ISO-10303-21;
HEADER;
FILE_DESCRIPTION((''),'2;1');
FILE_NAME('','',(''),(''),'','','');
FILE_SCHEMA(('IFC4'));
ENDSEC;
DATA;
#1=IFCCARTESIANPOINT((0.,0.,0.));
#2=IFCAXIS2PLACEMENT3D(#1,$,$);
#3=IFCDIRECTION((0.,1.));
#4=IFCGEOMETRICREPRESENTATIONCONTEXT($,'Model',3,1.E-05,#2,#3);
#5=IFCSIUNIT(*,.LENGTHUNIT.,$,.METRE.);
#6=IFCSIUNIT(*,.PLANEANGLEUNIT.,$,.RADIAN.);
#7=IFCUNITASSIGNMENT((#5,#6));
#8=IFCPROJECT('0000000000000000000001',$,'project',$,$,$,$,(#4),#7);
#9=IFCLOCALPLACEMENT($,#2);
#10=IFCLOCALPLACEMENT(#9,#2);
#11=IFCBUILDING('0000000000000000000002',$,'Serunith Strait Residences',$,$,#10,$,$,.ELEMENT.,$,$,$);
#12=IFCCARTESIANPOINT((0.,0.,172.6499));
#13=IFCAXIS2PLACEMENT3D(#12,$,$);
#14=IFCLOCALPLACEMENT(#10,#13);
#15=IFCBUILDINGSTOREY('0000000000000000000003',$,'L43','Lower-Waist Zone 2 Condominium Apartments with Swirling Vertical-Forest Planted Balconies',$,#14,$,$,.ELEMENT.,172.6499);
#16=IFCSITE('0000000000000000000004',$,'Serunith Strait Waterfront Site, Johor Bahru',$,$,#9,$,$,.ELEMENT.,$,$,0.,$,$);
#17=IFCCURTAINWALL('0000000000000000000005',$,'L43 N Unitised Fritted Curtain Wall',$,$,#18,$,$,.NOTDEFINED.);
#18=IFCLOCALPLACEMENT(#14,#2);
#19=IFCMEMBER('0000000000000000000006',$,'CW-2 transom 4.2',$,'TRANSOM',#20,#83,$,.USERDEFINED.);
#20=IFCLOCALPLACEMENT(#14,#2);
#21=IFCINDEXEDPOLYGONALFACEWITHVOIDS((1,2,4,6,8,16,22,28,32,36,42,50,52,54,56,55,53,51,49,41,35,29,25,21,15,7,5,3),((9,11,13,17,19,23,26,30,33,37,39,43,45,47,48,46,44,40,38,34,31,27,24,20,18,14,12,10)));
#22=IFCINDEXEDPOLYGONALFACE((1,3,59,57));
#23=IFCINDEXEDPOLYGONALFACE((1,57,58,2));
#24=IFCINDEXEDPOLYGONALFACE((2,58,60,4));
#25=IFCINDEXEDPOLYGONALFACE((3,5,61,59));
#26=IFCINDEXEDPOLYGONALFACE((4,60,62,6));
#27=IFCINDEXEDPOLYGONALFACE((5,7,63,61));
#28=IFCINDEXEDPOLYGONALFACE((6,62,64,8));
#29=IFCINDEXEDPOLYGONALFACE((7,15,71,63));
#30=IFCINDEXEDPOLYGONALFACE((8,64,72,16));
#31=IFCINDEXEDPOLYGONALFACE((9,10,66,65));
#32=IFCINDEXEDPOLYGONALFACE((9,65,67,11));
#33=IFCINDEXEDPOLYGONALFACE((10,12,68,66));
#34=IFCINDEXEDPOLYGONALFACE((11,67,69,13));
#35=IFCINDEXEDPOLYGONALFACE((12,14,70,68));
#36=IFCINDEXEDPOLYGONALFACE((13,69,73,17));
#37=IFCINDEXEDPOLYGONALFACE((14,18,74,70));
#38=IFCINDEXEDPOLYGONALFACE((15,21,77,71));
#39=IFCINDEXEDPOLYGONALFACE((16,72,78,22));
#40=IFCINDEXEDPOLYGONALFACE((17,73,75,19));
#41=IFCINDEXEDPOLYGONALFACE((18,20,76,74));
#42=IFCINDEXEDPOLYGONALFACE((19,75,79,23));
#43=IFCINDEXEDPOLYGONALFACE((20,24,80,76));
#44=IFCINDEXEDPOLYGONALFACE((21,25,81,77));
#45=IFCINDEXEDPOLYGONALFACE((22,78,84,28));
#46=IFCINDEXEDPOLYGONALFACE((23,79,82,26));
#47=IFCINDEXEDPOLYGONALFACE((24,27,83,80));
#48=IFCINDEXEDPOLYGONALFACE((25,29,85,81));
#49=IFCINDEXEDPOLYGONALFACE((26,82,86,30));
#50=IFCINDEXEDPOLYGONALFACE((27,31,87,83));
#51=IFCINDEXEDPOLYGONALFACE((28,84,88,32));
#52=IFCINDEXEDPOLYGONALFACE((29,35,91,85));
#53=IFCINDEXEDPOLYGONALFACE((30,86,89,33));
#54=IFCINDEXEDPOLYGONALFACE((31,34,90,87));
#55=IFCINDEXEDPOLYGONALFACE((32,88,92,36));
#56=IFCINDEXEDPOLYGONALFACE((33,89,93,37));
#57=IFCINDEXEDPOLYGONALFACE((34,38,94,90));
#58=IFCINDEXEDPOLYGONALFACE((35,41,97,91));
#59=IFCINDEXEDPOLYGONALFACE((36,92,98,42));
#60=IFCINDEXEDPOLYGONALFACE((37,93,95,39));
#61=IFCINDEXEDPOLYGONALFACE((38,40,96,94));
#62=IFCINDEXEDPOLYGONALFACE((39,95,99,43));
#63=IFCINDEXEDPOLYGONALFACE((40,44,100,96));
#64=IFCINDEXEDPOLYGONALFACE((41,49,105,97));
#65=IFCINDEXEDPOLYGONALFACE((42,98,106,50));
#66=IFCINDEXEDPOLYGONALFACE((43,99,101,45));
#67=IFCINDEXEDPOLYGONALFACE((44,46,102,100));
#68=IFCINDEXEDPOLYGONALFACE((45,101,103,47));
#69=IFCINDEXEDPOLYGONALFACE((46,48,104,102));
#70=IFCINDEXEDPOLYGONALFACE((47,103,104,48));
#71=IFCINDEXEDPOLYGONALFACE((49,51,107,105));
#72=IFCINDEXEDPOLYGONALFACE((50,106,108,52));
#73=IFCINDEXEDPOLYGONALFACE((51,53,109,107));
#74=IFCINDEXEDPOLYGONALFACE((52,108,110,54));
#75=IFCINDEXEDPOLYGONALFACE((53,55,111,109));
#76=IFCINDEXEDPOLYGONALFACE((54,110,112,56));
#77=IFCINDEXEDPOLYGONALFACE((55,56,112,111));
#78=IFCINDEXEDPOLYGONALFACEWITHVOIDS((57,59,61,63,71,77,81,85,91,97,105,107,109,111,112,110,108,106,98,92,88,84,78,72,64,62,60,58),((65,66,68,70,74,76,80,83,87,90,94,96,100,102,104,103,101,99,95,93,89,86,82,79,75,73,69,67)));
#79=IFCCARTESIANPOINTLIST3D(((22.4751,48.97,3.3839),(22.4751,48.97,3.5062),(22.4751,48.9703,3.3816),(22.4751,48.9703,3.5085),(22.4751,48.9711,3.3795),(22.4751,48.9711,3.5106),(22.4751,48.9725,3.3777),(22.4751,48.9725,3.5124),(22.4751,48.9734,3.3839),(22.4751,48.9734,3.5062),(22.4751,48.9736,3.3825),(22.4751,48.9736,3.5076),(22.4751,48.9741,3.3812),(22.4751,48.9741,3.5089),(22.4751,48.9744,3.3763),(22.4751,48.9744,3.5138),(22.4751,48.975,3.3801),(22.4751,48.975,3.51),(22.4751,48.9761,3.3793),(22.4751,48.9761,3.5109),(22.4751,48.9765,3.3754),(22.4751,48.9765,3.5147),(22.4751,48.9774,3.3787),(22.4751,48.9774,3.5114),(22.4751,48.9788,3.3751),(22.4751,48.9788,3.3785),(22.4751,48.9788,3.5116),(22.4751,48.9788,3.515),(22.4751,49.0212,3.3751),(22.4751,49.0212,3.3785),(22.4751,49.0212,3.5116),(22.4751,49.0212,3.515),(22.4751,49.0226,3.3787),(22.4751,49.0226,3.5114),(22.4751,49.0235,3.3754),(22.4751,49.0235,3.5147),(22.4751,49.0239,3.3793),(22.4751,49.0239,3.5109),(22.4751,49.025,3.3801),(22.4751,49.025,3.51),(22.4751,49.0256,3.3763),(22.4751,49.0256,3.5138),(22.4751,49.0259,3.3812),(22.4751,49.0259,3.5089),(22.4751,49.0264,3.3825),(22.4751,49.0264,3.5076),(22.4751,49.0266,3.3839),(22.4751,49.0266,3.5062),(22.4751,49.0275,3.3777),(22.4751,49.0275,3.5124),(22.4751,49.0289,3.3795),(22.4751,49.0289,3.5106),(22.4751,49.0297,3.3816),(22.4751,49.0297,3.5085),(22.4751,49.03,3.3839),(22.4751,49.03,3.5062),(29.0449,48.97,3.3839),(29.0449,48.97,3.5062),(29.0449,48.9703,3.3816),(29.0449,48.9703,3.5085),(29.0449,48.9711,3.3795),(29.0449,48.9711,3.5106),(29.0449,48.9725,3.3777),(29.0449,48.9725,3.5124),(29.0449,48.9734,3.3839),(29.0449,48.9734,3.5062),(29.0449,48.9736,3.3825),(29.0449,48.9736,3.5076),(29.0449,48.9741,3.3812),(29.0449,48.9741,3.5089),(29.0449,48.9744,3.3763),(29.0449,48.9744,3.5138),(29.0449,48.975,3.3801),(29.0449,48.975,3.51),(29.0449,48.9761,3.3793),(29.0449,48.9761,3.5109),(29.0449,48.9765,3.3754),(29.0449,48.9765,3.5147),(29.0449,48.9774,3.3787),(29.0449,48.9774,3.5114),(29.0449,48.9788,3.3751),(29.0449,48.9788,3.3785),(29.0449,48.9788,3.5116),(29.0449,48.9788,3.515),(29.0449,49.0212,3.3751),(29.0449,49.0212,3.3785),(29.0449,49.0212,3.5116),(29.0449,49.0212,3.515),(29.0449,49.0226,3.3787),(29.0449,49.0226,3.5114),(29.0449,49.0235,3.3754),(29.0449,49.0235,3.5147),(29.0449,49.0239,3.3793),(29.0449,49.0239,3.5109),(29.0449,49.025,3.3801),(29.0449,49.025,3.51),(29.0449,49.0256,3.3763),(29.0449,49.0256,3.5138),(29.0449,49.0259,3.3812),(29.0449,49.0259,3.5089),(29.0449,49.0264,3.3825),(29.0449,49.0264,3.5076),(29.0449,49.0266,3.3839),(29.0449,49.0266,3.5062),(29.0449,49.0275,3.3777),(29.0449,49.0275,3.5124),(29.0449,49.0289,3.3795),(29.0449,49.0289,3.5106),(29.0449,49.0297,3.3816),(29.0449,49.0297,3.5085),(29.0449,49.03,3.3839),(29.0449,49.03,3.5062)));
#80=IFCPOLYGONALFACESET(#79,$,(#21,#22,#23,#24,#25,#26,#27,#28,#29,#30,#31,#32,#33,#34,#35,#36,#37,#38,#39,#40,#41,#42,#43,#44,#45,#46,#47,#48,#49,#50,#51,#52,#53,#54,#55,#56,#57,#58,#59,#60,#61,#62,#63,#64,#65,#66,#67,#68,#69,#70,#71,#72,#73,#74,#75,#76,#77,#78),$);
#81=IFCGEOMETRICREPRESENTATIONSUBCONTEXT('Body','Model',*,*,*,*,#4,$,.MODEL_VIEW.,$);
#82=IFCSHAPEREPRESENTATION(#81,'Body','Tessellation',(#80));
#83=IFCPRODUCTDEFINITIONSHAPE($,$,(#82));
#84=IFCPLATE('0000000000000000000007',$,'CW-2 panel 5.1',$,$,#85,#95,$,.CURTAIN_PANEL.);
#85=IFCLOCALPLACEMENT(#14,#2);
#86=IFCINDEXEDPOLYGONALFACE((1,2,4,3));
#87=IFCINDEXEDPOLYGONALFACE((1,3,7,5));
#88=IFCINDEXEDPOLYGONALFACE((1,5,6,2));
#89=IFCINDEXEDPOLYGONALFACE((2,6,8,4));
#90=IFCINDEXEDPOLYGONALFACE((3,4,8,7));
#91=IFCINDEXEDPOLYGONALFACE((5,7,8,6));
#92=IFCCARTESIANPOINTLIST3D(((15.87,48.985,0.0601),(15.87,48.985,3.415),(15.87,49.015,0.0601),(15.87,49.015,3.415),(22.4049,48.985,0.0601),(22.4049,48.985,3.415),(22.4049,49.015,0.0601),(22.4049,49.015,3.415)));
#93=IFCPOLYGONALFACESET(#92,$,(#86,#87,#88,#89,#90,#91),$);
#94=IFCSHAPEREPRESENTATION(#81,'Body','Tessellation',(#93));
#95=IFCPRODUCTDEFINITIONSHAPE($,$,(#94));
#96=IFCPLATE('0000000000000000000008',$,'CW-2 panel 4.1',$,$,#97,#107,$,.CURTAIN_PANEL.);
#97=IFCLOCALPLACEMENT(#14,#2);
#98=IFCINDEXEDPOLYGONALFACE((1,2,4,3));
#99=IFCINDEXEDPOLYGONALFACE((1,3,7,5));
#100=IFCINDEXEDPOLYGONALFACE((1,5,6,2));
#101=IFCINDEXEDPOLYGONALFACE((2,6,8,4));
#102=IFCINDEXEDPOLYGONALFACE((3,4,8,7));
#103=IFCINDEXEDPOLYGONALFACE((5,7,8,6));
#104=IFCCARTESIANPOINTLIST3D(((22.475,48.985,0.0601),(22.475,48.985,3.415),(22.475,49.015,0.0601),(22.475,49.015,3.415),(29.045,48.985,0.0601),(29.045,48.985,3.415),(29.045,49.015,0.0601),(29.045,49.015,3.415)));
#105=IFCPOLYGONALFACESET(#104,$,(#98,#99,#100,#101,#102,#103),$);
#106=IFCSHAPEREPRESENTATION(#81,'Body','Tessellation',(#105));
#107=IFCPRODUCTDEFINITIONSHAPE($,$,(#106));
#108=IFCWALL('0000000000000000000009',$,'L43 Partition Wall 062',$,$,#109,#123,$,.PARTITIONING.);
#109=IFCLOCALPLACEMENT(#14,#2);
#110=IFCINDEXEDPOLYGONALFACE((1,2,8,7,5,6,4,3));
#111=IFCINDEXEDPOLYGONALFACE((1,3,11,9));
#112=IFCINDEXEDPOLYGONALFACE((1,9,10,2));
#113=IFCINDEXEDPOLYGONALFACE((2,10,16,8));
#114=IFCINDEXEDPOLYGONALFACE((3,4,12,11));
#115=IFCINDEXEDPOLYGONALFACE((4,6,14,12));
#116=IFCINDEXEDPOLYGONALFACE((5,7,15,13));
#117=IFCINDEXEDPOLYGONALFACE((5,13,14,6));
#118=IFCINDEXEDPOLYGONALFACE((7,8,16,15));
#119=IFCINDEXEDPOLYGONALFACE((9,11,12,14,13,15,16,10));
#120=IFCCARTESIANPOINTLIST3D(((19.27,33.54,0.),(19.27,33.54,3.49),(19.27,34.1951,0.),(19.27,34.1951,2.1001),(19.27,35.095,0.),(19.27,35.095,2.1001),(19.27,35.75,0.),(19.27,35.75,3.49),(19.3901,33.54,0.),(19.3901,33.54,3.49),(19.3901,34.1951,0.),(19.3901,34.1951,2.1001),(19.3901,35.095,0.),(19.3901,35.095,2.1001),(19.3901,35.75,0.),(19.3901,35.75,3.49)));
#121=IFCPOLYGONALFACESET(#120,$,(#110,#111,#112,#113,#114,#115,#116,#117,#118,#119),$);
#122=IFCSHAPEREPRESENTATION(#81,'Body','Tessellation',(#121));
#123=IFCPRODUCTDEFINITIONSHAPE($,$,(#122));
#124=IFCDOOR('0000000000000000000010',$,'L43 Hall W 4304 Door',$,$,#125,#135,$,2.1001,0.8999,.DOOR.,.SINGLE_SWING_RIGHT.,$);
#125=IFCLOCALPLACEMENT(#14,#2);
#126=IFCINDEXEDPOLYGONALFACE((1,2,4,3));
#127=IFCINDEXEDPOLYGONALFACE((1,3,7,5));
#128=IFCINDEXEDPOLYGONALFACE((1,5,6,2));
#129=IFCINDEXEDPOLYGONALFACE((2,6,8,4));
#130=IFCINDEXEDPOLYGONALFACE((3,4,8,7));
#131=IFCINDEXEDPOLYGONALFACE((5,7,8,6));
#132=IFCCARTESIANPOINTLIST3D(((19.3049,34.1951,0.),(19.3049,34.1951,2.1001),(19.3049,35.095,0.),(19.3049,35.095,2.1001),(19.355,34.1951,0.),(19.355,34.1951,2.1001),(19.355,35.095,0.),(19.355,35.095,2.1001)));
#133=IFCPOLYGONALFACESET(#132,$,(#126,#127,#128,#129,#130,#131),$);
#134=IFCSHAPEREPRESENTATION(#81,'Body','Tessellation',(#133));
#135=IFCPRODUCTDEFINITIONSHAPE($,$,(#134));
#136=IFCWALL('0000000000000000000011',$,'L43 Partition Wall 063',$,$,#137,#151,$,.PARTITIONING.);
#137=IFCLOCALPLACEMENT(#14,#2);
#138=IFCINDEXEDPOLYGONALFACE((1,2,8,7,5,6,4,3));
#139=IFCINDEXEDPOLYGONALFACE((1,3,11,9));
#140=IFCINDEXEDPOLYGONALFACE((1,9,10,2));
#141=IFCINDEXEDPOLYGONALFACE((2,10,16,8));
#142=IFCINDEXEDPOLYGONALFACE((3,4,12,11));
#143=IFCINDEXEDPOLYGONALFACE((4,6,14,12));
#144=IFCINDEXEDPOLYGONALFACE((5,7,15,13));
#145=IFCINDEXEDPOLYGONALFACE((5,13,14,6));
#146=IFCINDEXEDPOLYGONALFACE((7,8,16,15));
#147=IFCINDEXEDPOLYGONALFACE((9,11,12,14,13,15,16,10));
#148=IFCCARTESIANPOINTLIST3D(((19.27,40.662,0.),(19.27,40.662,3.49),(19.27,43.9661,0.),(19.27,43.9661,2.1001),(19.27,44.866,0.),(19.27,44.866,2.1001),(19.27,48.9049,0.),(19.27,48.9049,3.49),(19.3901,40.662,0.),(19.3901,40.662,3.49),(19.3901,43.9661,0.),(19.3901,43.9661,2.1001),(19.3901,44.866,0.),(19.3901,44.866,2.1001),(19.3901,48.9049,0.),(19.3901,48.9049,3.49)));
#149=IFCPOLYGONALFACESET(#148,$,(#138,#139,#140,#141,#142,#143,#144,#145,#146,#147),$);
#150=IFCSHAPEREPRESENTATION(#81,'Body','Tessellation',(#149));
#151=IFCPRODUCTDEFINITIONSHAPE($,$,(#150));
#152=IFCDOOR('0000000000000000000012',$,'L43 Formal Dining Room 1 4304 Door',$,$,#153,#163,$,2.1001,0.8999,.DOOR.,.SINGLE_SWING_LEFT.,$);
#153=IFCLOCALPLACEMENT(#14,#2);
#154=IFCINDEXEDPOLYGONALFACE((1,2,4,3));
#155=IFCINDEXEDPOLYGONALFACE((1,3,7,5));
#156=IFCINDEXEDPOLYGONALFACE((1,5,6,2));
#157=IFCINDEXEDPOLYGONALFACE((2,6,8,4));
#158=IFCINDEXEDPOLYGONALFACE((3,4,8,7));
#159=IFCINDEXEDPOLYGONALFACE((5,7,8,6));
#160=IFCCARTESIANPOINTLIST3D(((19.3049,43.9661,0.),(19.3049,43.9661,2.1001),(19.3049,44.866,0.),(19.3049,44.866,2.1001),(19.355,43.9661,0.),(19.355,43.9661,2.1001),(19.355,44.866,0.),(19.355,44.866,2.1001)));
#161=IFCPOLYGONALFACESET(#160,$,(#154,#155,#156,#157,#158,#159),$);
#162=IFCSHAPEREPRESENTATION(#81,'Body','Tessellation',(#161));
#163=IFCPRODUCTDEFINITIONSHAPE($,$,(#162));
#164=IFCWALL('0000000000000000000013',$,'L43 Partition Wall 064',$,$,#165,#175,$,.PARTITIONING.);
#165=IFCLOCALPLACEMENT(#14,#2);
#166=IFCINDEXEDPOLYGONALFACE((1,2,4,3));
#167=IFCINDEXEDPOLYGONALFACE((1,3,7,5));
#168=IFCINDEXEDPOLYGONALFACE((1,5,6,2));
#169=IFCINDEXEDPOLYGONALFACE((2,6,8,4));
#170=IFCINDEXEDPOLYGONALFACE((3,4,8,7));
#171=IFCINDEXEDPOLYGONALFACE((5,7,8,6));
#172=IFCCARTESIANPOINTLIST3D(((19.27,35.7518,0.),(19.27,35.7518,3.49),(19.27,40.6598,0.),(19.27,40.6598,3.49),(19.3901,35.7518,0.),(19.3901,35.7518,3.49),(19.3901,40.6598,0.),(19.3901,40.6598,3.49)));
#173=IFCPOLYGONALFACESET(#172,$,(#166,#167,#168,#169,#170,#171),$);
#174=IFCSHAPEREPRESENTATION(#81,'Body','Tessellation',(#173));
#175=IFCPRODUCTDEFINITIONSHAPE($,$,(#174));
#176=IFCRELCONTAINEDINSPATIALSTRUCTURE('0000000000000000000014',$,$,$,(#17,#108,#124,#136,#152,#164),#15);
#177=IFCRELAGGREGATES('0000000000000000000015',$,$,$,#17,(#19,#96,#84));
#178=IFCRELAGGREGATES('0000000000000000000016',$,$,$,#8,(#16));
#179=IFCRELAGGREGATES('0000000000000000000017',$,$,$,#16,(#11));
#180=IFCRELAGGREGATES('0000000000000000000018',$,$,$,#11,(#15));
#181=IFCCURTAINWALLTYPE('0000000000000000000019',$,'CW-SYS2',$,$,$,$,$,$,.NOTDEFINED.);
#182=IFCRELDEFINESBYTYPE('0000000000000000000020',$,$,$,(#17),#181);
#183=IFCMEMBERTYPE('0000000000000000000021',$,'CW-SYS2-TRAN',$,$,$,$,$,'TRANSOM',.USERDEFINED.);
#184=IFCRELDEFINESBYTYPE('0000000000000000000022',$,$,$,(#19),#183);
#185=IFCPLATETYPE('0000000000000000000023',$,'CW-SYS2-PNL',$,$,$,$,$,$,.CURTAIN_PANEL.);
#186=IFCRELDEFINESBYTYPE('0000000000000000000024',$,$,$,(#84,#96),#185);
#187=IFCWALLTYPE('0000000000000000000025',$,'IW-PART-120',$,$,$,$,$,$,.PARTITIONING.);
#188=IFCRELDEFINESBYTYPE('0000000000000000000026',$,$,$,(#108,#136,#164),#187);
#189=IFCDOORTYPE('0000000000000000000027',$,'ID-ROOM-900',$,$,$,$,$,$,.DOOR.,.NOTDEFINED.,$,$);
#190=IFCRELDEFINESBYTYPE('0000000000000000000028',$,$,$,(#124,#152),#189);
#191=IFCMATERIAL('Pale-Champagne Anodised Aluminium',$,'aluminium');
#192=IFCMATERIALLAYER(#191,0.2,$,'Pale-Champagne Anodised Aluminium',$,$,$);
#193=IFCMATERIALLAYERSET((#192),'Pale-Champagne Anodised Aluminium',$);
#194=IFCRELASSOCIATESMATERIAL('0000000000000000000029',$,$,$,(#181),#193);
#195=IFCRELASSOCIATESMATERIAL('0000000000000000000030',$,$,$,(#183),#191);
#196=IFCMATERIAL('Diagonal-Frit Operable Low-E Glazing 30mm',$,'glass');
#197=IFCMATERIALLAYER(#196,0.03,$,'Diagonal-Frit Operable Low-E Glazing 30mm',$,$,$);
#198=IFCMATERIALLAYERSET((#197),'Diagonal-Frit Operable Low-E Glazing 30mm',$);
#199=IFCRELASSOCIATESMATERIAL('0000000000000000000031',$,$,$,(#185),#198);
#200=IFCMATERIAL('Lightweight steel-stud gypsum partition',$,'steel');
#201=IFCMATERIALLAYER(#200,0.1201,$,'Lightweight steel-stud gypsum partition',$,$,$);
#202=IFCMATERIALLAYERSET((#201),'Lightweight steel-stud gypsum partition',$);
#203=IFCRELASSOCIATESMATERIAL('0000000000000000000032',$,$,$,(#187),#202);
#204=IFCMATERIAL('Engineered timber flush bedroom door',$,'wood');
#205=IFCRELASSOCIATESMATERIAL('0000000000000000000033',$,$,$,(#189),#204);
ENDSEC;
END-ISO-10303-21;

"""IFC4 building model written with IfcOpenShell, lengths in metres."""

from ifc_helpers import new_model, si_unit, direction, frame, frame_2d, origin, origin_2d, place, context, subcontext, project, spatial, rectangle, hollow_rectangle, extrude, source, transform, mapped, material, layer, layer_set, material_profile, profile_set, type_object, element, fill, aggregate, save


model = new_model("IFC4")

# Units and contexts
model_context = context("Model", 3, precision=1e-05, world=origin(), true_north=direction((0.0, 1.0)))
body_context = subcontext(model_context, "Body", "Model", "MODEL_VIEW")
ifc_project = project(units=[si_unit("LENGTHUNIT", "METRE"), si_unit("PLANEANGLEUNIT", "RADIAN")], contexts=[model_context])

# Site, building, storey
site_placement = place(None, origin())
site = spatial("IfcSite", under=ifc_project, at=site_placement, Name="Serunith Strait Waterfront Site, Johor Bahru", CompositionType="ELEMENT", RefElevation=0.0)
building_placement = place(site_placement, origin())
building = spatial("IfcBuilding", under=site, at=building_placement, Name="Serunith Strait Residences", CompositionType="ELEMENT")
storey_placement = place(building_placement, frame((0.0, 0.0, 172.6499)))
storey = spatial("IfcBuildingStorey", under=building, at=storey_placement, Name="L43", Description="Lower-Waist Zone 2 Condominium Apartments with Swirling Vertical-Forest Planted Balconies", CompositionType="ELEMENT", Elevation=172.6499)

# Curtain wall, member, plates
ifc_material_1 = material(Name="Pale-Champagne Anodised Aluminium", Category="aluminium")
ifc_layer_1 = layer(ifc_material_1, 0.2, Name="Pale-Champagne Anodised Aluminium")
ifc_layer_set_1 = layer_set([ifc_layer_1], Name="Pale-Champagne Anodised Aluminium")
curtain_wall_type = type_object("IfcCurtainWallType", Name="CW-SYS2", PredefinedType="NOTDEFINED", material=ifc_layer_set_1)
curtain_wall_placement = place(storey_placement, origin())
curtain_wall = element("IfcCurtainWall", 1, at=curtain_wall_placement, inside=storey, type_object=curtain_wall_type, Name="L43 N Unitised Fritted Curtain Wall", PredefinedType="NOTDEFINED")
ifc_material_profile_1 = material_profile(ifc_material_1, hollow_rectangle(XDim=0.0601, YDim=0.1399, WallThickness=0.0034, InnerFilletRadius=0.0054, OuterFilletRadius=0.0088, at=origin_2d()), Name="ALU 140x60x3.5")
ifc_profile_set_1 = profile_set([ifc_material_profile_1], Name="Pale-Champagne Anodised Aluminium")
member_type_1 = type_object("IfcMemberType", Name="CW-SYS2-TRAN", ElementType="TRANSOM", PredefinedType="USERDEFINED", material=ifc_profile_set_1)
shared_shape_1 = source(origin(), body_context, "Body", "SweptSolid", [
    extrude(hollow_rectangle(XDim=0.0601, YDim=0.1399, WallThickness=0.0034, InnerFilletRadius=0.0054, OuterFilletRadius=0.0088, at=origin_2d()), origin(), (0.0, 0.0, 1.0), 6.5698),
])
member_1_placement = place(storey_placement, frame((29.0449, 49.0, 3.4451), z_axis=(-1.0, 0.0, 0.0), x_axis=(0.0, -1.0, 0.0)))
member_1 = element("IfcMember", 2, at=member_1_placement, type_object=member_type_1, Name="CW-2 transom 4.2", ObjectType="TRANSOM", PredefinedType="USERDEFINED", context=body_context, shape_type="MappedRepresentation", body=[
    mapped(shared_shape_1, transform((0.0, 0.0, 0.0), scale=1.0)),
])
ifc_material_2 = material(Name="Diagonal-Frit Operable Low-E Glazing 30mm", Category="glass")
ifc_layer_2 = layer(ifc_material_2, 0.03, Name="Diagonal-Frit Operable Low-E Glazing 30mm")
ifc_layer_set_2 = layer_set([ifc_layer_2], Name="Diagonal-Frit Operable Low-E Glazing 30mm")
plate_type = type_object("IfcPlateType", Name="CW-SYS2-PNL", PredefinedType="CURTAIN_PANEL", material=ifc_layer_set_2)
shared_shape_2 = source(origin(), body_context, "Body", "SweptSolid", [
    extrude(rectangle(XDim=6.5349, YDim=0.03, at=origin_2d()), origin(), (0.0, 0.0, 1.0), 3.355),
])
plate_1_placement = place(storey_placement, frame((19.1375, 49.0, 0.0601), z_axis=(0.0, 0.0, 1.0), x_axis=(-1.0, 0.0, 0.0)))
plate_1 = element("IfcPlate", 3, at=plate_1_placement, type_object=plate_type, Name="CW-2 panel 5.1", PredefinedType="CURTAIN_PANEL", context=body_context, shape_type="MappedRepresentation", body=[
    mapped(shared_shape_2, transform((0.0, 0.0, 0.0), scale=1.0)),
])
shared_shape_3 = source(origin(), body_context, "Body", "SweptSolid", [
    extrude(rectangle(XDim=6.5701, YDim=0.03, at=origin_2d()), origin(), (0.0, 0.0, 1.0), 3.355),
])
plate_2_placement = place(storey_placement, frame((25.76, 49.0, 0.0601), z_axis=(0.0, 0.0, 1.0), x_axis=(-1.0, 0.0, 0.0)))
plate_2 = element("IfcPlate", 4, at=plate_2_placement, type_object=plate_type, Name="CW-2 panel 4.1", PredefinedType="CURTAIN_PANEL", context=body_context, shape_type="MappedRepresentation", body=[
    mapped(shared_shape_3, transform((0.0, 0.0, 0.0), scale=1.0)),
])
aggregate(curtain_wall, [member_1, plate_2, plate_1])

# Walls, openings, doors
ifc_material_3 = material(Name="Lightweight steel-stud gypsum partition", Category="steel")
ifc_layer_3 = layer(ifc_material_3, 0.1201, Name="Lightweight steel-stud gypsum partition")
ifc_layer_set_3 = layer_set([ifc_layer_3], Name="Lightweight steel-stud gypsum partition")
wall_type_1 = type_object("IfcWallType", Name="IW-PART-120", PredefinedType="PARTITIONING", material=ifc_layer_set_3)
wall_1_placement = place(storey_placement, frame((19.3301, 35.75, 0.0), z_axis=(0.0, 0.0, 1.0), x_axis=(0.0, -1.0, 0.0)))
wall_1 = element("IfcWall", 5, at=wall_1_placement, inside=storey, type_object=wall_type_1, Name="L43 Partition Wall 062", PredefinedType="PARTITIONING", context=body_context, shape_type="SweptSolid", body=[
    extrude(rectangle(XDim=2.21, YDim=0.1201, at=frame_2d((1.105, 0.0))), origin(), (0.0, 0.0, 1.0), 3.49),
])
opening_1_placement = place(wall_1_placement, frame((0.655, 0.0, 0.0)))
opening_1 = element("IfcOpeningElement", 6, at=opening_1_placement, cuts=wall_1, PredefinedType="OPENING", context=body_context, shape_type="SweptSolid", body=[
    extrude(rectangle(XDim=0.8999, YDim=2.1001, at=frame_2d((0.45, 1.05))), frame((0.0, 0.0701, 0.0), z_axis=(0.0, -1.0, 0.0), x_axis=(1.0, 0.0, 0.0)), (0.0, 0.0, 1.0), 0.1401),
])
ifc_material_4 = material(Name="Engineered timber flush bedroom door", Category="wood")
door_type_1 = type_object("IfcDoorType", Name="ID-ROOM-900", OperationType="NOTDEFINED", PredefinedType="DOOR", material=ifc_material_4)
shared_shape_4 = source(origin(), body_context, "Body", "SweptSolid", [
    extrude(rectangle(XDim=0.8999, YDim=2.1001, at=frame_2d((0.45, 1.05))), frame((0.0, 0.0249, 0.0), z_axis=(0.0, -1.0, 0.0), x_axis=(1.0, 0.0, 0.0)), (0.0, 0.0, 1.0), 0.05),
])
door_1_placement = place(opening_1_placement, origin())
door_1 = element("IfcDoor", 7, at=door_1_placement, inside=storey, type_object=door_type_1, Name="L43 Hall W 4304 Door", OperationType="SINGLE_SWING_RIGHT", OverallHeight=2.1001, OverallWidth=0.8999, PredefinedType="DOOR", context=body_context, shape_type="MappedRepresentation", body=[
    mapped(shared_shape_4, transform((0.0, 0.0, 0.0), scale=1.0)),
])
fill(opening_1, door_1)
wall_2_placement = place(storey_placement, frame((19.3301, 48.905, 0.0), z_axis=(0.0, 0.0, 1.0), x_axis=(0.0, -1.0, 0.0)))
wall_2 = element("IfcWall", 8, at=wall_2_placement, inside=storey, type_object=wall_type_1, Name="L43 Partition Wall 063", PredefinedType="PARTITIONING", context=body_context, shape_type="SweptSolid", body=[
    extrude(rectangle(XDim=8.2429, YDim=0.1201, at=frame_2d((4.1216, 0.0))), origin(), (0.0, 0.0, 1.0), 3.49),
])
opening_2_placement = place(wall_2_placement, frame((4.0391, 0.0, 0.0)))
opening_2 = element("IfcOpeningElement", 9, at=opening_2_placement, cuts=wall_2, PredefinedType="OPENING", context=body_context, shape_type="SweptSolid", body=[
    extrude(rectangle(XDim=0.8999, YDim=2.1001, at=frame_2d((0.45, 1.05))), frame((0.0, 0.0701, 0.0), z_axis=(0.0, -1.0, 0.0), x_axis=(1.0, 0.0, 0.0)), (0.0, 0.0, 1.0), 0.1401),
])
door_2_placement = place(opening_2_placement, origin())
door_2 = element("IfcDoor", 10, at=door_2_placement, inside=storey, type_object=door_type_1, Name="L43 Formal Dining Room 1 4304 Door", OperationType="SINGLE_SWING_LEFT", OverallHeight=2.1001, OverallWidth=0.8999, PredefinedType="DOOR", context=body_context, shape_type="MappedRepresentation", body=[
    mapped(shared_shape_4, transform((0.0, 0.0, 0.0), scale=1.0)),
])
fill(opening_2, door_2)

# Wall
wall_3_placement = place(storey_placement, frame((19.3301, 40.6599, 0.0), z_axis=(0.0, 0.0, 1.0), x_axis=(0.0, -1.0, 0.0)))
element("IfcWall", 11, at=wall_3_placement, inside=storey, type_object=wall_type_1, Name="L43 Partition Wall 064", PredefinedType="PARTITIONING", context=body_context, shape_type="SweptSolid", body=[
    extrude(rectangle(XDim=4.908, YDim=0.1201, at=frame_2d((2.4541, 0.0))), origin(), (0.0, 0.0, 1.0), 3.49),
])

save(model, "model.ifc")
